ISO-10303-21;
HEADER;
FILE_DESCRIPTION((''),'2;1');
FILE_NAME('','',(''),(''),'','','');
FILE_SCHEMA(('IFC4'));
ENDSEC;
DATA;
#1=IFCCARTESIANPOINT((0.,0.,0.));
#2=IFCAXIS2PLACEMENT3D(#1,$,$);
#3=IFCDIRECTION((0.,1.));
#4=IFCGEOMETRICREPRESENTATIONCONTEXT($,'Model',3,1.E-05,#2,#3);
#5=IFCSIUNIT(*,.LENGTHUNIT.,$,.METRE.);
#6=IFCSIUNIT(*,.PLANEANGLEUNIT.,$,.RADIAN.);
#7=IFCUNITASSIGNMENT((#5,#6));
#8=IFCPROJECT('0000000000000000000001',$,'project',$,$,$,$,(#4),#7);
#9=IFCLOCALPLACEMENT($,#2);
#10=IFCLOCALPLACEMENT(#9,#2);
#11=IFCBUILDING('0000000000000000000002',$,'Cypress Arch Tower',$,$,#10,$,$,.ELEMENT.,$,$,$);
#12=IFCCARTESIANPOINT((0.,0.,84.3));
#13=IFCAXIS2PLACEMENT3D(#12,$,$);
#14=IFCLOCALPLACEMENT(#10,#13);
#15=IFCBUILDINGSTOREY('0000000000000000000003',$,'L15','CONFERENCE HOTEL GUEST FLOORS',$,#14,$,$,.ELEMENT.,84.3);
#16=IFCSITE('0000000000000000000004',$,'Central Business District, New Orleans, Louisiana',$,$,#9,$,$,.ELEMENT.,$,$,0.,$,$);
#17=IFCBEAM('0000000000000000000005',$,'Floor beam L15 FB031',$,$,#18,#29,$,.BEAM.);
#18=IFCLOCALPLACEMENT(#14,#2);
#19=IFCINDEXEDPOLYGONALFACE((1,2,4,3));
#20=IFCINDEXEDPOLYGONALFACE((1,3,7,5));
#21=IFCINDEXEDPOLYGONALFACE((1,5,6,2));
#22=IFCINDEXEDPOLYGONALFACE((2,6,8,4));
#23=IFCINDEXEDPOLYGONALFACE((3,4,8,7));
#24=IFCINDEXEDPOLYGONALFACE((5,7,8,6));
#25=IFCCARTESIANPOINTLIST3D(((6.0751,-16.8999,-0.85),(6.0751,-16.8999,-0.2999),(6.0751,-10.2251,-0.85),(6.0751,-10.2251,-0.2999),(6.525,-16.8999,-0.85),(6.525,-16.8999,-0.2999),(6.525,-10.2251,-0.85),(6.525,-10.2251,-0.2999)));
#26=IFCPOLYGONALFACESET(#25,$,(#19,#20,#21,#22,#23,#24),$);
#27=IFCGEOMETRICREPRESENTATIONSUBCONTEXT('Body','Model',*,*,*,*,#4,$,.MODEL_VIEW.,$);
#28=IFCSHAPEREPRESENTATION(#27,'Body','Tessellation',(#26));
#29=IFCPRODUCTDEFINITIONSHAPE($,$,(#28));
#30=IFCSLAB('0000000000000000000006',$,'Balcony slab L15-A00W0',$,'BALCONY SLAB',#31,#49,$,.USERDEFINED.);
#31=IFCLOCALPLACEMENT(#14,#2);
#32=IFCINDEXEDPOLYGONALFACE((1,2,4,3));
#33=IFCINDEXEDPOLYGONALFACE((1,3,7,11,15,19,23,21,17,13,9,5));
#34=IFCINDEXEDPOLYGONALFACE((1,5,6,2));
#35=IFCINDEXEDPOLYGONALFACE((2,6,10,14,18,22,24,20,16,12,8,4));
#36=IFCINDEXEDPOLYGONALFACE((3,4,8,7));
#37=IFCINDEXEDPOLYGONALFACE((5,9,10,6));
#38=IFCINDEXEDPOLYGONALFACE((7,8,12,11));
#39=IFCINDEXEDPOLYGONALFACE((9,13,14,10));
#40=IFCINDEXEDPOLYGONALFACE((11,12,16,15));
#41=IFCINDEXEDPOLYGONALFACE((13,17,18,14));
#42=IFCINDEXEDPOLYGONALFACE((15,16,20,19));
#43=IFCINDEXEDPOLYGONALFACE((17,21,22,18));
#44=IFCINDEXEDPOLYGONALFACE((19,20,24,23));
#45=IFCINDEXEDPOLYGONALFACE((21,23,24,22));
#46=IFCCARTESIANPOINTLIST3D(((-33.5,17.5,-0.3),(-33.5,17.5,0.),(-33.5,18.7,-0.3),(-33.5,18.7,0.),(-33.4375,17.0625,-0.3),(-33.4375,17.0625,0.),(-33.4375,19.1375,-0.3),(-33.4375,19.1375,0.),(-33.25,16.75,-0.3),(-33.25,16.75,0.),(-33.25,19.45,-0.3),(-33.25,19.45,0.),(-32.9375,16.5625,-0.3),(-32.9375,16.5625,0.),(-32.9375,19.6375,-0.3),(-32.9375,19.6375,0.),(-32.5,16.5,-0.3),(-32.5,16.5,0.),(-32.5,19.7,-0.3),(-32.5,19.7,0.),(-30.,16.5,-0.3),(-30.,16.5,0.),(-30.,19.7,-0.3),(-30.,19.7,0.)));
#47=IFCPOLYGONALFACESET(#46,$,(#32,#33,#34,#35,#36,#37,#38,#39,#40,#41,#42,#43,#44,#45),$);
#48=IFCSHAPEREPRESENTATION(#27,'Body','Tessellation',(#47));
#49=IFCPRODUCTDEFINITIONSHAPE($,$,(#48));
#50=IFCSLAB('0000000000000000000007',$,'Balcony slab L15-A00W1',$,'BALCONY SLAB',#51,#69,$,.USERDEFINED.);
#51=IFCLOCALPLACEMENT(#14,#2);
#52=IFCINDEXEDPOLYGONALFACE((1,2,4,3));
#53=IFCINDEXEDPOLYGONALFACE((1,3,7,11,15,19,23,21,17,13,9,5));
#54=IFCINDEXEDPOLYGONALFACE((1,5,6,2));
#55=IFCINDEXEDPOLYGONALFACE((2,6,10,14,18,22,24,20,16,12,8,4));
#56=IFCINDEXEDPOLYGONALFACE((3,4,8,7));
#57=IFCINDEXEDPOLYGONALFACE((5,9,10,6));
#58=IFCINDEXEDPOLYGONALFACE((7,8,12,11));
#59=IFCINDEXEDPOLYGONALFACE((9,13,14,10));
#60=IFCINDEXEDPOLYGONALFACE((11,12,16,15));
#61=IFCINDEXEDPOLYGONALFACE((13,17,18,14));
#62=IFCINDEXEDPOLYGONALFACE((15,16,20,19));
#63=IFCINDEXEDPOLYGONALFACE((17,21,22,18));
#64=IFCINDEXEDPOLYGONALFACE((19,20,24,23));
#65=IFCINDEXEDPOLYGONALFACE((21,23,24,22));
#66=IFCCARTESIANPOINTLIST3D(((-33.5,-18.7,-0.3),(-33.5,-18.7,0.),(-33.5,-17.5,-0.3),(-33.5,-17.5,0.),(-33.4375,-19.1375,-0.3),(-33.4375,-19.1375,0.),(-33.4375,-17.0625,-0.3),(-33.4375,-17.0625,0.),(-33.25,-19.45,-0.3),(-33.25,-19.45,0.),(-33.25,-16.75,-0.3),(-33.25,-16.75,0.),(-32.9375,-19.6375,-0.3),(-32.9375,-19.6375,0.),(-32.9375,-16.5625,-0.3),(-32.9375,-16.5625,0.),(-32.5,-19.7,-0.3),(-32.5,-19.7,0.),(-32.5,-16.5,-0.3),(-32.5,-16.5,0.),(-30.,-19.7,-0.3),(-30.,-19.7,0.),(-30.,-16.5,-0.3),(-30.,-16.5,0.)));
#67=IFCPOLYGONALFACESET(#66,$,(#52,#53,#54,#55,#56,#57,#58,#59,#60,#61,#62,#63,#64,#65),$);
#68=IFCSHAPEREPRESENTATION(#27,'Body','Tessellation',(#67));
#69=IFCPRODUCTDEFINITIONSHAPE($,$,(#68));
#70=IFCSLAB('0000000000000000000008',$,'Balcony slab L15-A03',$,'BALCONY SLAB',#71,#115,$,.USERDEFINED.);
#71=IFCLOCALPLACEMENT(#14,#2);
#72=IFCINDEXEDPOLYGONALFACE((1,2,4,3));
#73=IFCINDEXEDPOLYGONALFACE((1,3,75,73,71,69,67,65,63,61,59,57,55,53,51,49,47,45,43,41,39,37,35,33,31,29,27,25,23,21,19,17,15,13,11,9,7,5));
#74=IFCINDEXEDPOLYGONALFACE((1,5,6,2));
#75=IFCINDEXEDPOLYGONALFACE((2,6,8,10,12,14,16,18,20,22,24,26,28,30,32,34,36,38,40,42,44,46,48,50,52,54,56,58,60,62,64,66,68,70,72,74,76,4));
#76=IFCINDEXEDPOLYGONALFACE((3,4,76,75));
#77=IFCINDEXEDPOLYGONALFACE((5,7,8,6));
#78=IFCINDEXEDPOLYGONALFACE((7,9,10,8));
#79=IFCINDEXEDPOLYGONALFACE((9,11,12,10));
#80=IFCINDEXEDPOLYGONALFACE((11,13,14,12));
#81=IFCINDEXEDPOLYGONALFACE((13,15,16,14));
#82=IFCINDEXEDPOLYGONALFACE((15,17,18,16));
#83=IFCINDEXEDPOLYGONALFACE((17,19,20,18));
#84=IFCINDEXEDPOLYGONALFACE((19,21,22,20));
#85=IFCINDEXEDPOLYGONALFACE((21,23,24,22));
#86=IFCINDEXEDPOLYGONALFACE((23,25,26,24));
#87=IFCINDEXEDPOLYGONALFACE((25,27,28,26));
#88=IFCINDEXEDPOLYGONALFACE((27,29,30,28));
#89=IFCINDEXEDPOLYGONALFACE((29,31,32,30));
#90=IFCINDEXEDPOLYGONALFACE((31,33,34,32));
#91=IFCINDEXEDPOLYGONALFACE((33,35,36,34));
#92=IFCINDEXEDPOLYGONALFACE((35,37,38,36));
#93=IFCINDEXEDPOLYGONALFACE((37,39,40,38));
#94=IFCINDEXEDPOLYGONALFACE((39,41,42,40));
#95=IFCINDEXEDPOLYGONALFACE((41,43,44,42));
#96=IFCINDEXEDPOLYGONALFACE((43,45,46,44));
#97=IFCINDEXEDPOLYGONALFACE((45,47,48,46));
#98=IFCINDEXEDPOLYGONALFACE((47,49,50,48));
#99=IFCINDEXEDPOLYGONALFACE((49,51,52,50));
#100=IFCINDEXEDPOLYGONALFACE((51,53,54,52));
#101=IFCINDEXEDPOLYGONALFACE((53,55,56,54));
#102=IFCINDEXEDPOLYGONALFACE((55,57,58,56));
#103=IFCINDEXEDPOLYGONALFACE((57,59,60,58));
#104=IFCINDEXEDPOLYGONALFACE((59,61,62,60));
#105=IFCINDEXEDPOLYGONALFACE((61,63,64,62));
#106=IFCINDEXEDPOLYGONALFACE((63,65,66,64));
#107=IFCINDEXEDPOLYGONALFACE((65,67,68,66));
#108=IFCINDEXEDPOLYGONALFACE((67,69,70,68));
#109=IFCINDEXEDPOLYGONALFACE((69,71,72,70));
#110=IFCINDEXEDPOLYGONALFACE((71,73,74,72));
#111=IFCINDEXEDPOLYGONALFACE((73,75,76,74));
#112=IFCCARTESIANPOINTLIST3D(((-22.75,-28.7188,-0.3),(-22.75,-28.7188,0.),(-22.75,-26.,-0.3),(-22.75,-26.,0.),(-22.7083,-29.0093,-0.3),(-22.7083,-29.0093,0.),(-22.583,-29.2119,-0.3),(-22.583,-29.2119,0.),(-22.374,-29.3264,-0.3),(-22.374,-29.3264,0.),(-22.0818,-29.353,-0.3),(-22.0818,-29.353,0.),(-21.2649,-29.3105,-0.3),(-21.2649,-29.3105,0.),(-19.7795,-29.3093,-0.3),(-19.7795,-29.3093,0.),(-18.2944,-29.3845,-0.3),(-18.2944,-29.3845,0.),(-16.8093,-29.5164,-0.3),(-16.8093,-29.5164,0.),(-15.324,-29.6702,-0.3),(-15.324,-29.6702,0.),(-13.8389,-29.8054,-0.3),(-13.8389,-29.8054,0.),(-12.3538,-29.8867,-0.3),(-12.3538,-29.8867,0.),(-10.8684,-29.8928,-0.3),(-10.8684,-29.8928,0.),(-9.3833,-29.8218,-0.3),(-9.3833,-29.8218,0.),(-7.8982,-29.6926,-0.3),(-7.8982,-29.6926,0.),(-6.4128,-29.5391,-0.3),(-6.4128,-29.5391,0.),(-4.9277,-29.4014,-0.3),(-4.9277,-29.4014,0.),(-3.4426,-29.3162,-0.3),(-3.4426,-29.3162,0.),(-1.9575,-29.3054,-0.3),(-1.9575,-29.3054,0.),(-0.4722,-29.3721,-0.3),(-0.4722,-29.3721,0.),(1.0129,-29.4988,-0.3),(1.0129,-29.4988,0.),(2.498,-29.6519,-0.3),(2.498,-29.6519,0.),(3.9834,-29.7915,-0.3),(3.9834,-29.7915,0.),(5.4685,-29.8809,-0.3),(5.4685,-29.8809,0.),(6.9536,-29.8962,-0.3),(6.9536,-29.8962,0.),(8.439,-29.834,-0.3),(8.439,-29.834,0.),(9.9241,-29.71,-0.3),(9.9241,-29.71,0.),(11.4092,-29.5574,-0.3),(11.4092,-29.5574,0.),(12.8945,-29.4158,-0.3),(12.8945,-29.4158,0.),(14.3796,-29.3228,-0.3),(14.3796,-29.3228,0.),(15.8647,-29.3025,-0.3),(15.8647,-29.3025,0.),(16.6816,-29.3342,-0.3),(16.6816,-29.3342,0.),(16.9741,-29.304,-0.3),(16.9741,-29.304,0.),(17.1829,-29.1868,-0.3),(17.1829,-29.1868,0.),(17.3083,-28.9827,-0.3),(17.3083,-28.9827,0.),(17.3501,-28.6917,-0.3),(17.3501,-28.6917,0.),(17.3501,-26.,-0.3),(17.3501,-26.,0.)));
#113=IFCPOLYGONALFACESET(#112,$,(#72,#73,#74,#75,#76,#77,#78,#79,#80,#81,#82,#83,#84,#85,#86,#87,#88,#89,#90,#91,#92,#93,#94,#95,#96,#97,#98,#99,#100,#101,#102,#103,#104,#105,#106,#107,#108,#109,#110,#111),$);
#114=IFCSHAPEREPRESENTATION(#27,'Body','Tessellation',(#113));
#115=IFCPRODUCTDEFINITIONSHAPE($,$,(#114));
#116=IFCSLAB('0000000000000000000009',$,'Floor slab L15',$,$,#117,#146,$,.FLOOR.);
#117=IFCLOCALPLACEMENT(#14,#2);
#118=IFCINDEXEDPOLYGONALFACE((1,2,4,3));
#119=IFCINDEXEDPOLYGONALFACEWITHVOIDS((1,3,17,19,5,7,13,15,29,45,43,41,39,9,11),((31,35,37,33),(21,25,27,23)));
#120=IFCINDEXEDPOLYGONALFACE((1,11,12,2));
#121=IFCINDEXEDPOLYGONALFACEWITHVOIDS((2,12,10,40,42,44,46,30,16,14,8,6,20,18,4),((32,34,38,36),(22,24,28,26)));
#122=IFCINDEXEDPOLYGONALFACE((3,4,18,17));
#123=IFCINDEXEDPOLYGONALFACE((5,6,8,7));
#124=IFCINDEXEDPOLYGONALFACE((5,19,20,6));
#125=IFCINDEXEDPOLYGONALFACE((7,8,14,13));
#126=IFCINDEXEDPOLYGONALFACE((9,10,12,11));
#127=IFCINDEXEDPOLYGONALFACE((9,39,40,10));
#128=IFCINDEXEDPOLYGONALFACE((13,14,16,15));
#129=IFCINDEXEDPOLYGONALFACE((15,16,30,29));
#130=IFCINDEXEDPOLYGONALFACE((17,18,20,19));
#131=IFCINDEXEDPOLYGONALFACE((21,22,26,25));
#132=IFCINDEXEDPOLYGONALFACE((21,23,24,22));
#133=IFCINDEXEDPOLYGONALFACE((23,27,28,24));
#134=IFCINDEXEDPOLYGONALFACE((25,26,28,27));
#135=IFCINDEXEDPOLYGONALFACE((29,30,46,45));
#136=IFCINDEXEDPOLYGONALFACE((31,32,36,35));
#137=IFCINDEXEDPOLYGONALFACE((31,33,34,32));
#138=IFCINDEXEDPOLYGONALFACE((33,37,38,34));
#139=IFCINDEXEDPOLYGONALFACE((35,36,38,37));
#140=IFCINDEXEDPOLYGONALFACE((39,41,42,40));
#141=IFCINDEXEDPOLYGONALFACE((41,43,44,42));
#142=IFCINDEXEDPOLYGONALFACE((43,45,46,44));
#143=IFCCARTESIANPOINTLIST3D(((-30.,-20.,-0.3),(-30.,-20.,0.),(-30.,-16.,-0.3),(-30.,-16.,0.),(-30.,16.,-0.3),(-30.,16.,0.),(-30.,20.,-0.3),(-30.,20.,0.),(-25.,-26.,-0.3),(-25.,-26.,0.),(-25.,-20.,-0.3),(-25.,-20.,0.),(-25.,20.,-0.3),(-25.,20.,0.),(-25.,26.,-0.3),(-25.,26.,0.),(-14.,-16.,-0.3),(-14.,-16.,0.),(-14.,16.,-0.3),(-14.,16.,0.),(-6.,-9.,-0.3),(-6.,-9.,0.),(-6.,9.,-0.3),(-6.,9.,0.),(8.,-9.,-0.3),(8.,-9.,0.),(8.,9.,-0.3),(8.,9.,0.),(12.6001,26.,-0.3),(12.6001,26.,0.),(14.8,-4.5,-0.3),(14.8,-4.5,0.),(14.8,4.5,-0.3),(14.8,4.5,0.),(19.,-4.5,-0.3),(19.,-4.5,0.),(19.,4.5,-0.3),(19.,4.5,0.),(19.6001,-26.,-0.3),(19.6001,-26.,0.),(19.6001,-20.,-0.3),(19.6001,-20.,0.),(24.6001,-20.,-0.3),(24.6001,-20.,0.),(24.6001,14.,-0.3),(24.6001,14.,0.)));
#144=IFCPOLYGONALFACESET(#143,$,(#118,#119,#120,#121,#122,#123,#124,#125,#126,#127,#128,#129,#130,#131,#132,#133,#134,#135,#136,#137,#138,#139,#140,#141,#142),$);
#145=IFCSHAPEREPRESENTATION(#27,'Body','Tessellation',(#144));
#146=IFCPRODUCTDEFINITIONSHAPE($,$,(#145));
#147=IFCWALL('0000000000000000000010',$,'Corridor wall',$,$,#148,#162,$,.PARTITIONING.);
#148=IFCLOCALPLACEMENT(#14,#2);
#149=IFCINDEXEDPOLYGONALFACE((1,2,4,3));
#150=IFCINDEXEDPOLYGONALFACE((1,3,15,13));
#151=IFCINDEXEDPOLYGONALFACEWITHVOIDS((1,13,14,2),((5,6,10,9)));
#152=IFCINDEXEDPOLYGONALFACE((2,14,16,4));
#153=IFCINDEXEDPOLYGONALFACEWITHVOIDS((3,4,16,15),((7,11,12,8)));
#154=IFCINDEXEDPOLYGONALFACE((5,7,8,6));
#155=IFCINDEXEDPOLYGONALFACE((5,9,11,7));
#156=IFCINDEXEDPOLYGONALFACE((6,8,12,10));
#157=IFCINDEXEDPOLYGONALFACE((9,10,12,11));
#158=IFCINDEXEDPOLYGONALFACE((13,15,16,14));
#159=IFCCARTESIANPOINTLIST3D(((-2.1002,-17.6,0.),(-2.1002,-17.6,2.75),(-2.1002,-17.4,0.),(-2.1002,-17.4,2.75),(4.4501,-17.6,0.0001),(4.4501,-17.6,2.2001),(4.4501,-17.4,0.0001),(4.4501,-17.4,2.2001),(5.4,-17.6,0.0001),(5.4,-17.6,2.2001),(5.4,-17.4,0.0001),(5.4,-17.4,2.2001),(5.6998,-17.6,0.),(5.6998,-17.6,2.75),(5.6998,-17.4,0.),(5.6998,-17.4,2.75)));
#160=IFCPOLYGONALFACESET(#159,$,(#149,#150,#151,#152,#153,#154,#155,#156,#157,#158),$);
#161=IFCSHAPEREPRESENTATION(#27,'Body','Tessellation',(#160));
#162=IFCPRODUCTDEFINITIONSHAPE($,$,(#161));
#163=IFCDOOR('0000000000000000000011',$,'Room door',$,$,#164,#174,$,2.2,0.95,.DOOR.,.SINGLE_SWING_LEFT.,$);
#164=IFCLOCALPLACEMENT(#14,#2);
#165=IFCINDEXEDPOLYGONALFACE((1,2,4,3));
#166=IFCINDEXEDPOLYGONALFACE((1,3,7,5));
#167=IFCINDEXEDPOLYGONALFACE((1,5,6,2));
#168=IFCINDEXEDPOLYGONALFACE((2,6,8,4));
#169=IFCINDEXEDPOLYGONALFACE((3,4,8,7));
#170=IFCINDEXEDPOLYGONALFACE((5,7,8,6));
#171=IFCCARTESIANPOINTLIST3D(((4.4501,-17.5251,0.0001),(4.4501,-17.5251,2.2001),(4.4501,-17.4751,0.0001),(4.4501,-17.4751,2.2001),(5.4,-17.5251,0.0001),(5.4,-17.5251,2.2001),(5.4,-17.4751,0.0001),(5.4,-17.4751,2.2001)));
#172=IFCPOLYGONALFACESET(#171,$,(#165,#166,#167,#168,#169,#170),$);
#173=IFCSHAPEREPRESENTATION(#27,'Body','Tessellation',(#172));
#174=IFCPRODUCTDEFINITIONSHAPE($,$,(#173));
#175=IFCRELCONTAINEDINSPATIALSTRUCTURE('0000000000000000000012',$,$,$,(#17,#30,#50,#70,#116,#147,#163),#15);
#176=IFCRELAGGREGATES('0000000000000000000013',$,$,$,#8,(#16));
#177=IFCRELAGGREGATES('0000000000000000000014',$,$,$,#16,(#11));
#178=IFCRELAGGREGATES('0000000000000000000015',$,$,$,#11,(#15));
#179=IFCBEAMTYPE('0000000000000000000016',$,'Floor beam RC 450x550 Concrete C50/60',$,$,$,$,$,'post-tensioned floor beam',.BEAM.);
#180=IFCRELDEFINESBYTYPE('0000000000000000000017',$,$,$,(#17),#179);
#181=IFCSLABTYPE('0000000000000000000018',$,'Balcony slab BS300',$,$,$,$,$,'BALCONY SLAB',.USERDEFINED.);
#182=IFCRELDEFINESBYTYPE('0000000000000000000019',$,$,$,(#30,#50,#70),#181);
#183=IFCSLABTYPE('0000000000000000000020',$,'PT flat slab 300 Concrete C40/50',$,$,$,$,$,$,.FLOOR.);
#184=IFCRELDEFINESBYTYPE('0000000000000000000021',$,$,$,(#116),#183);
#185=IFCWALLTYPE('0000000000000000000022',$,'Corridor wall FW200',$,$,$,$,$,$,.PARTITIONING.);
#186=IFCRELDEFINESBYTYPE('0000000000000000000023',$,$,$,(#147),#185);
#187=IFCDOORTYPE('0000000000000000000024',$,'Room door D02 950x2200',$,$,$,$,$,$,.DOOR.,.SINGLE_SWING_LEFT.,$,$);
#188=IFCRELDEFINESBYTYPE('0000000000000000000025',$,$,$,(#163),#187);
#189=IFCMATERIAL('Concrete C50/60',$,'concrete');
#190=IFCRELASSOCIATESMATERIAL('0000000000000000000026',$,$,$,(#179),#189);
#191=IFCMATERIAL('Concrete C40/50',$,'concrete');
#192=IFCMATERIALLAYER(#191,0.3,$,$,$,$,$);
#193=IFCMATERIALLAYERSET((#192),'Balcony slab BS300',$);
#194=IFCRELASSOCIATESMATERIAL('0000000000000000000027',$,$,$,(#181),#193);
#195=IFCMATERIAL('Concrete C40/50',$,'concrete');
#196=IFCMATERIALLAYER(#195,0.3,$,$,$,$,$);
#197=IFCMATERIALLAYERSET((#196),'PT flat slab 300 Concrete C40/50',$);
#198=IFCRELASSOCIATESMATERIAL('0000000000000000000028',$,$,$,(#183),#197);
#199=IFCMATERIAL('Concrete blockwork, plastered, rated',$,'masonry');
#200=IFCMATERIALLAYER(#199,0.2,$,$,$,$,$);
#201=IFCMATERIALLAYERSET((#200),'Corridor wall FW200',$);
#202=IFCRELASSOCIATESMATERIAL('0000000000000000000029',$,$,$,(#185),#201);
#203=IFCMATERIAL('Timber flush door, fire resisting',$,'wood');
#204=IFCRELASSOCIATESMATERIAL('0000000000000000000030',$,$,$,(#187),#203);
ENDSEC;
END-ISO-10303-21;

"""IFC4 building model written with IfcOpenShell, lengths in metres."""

from ifc_helpers import new_model, si_unit, direction, frame, frame_2d, origin, origin_2d, place, context, subcontext, project, spatial, polyline, rectangle, outline, extrude, material, layer, layer_set, material_profile, profile_set, type_object, element, fill, save


model = new_model("IFC4")

# Units and contexts
model_context = context("Model", 3, precision=1e-05, world=origin(), true_north=direction((0.0, 1.0)))
body_context = subcontext(model_context, "Body", "Model", "MODEL_VIEW")
ifc_project = project(units=[si_unit("LENGTHUNIT", "METRE"), si_unit("PLANEANGLEUNIT", "RADIAN")], contexts=[model_context])

# Site, building, storey
site_placement = place(None, origin())
site = spatial("IfcSite", under=ifc_project, at=site_placement, Name="Central Business District, New Orleans, Louisiana", CompositionType="ELEMENT", RefElevation=0.0)
building_placement = place(site_placement, origin())
building = spatial("IfcBuilding", under=site, at=building_placement, Name="Cypress Arch Tower", CompositionType="ELEMENT")
storey_placement = place(building_placement, frame((0.0, 0.0, 84.3)))
storey = spatial("IfcBuildingStorey", under=building, at=storey_placement, Name="L15", Description="CONFERENCE HOTEL GUEST FLOORS", CompositionType="ELEMENT", Elevation=84.3)

# Beam
ifc_material_1 = material(Name="Concrete C50/60", Category="concrete")
ifc_material_profile_1 = material_profile(ifc_material_1, rectangle(XDim=0.45, YDim=0.55, at=origin_2d()), Name="RC 450x550")
ifc_profile_set_1 = profile_set([ifc_material_profile_1], Name="Concrete C50/60")
beam_type_1 = type_object("IfcBeamType", Name="Floor beam RC 450x550 Concrete C50/60", ElementType="post-tensioned floor beam", PredefinedType="BEAM", material=ifc_profile_set_1)
beam_1_placement = place(storey_placement, frame((6.3, -16.8999, -0.575), z_axis=(0.0, 1.0, 0.0), x_axis=(-1.0, 0.0, 0.0)))
element("IfcBeam", 1, at=beam_1_placement, inside=storey, type_object=beam_type_1, Name="Floor beam L15 FB031", PredefinedType="BEAM", context=body_context, shape_type="SweptSolid", body=[
    extrude(rectangle(XDim=0.45, YDim=0.55, at=origin_2d()), origin(), (0.0, 0.0, 1.0), 6.6748),
])

# Slabs
ifc_material_2 = material(Name="Concrete C40/50", Category="concrete")
ifc_layer_1 = layer(ifc_material_2, 0.3)
ifc_layer_set_1 = layer_set([ifc_layer_1], Name="Balcony slab BS300")
slab_type_1 = type_object("IfcSlabType", Name="Balcony slab BS300", ElementType="BALCONY SLAB", PredefinedType="USERDEFINED", material=ifc_layer_set_1)
slab_1_placement = place(storey_placement, frame((0.0, 0.0, -0.3)))
element("IfcSlab", 2, at=slab_1_placement, inside=storey, type_object=slab_type_1, Name="Balcony slab L15-A00W0", ObjectType="BALCONY SLAB", PredefinedType="USERDEFINED", context=body_context, shape_type="SweptSolid", body=[
    extrude(outline(polyline([(-30.0, 19.7), (-32.5, 19.7), (-32.9375, 19.6375), (-33.25, 19.45), (-33.4375, 19.1375), (-33.5, 18.7), (-33.5, 17.5), (-33.4375, 17.0625), (-33.25, 16.75), (-32.9375, 16.5625), (-32.5, 16.5), (-30.0, 16.5), (-30.0, 19.7)])), origin(), (0.0, 0.0, 1.0), 0.3),
])
slab_2_placement = place(storey_placement, frame((0.0, 0.0, -0.3)))
element("IfcSlab", 3, at=slab_2_placement, inside=storey, type_object=slab_type_1, Name="Balcony slab L15-A00W1", ObjectType="BALCONY SLAB", PredefinedType="USERDEFINED", context=body_context, shape_type="SweptSolid", body=[
    extrude(outline(polyline([(-30.0, -16.5), (-32.5, -16.5), (-32.9375, -16.5625), (-33.25, -16.75), (-33.4375, -17.0625), (-33.5, -17.5), (-33.5, -18.7), (-33.4375, -19.1375), (-33.25, -19.45), (-32.9375, -19.6375), (-32.5, -19.7), (-30.0, -19.7), (-30.0, -16.5)])), origin(), (0.0, 0.0, 1.0), 0.3),
])
slab_3_placement = place(storey_placement, frame((0.0, 0.0, -0.3)))
element("IfcSlab", 4, at=slab_3_placement, inside=storey, type_object=slab_type_1, Name="Balcony slab L15-A03", ObjectType="BALCONY SLAB", PredefinedType="USERDEFINED", context=body_context, shape_type="SweptSolid", body=[
    extrude(outline(polyline([(-22.75, -26.0), (-22.75, -28.7188), (-22.7083, -29.0093), (-22.583, -29.2119), (-22.374, -29.3264), (-22.0818, -29.353), (-21.2649, -29.3105), (-19.7795, -29.3093), (-18.2944, -29.3845), (-16.8093, -29.5164), (-15.324, -29.6702), (-13.8389, -29.8054), (-12.3538, -29.8867), (-10.8684, -29.8928), (-9.3833, -29.8218), (-7.8982, -29.6926), (-6.4128, -29.5391), (-4.9277, -29.4014), (-3.4426, -29.3162), (-1.9575, -29.3054), (-0.4722, -29.3721), (1.0129, -29.4988), (2.498, -29.6519), (3.9834, -29.7915), (5.4685, -29.8809), (6.9536, -29.8962), (8.439, -29.834), (9.9241, -29.71), (11.4092, -29.5574), (12.8945, -29.4158), (14.3796, -29.3228), (15.8647, -29.3025), (16.6816, -29.3342), (16.9741, -29.304), (17.1829, -29.1868), (17.3083, -28.9827), (17.3501, -28.6917), (17.3501, -26.0), (-22.75, -26.0)])), origin(), (0.0, 0.0, 1.0), 0.3),
])
ifc_material_3 = material(Name="Concrete C40/50", Category="concrete")
ifc_layer_2 = layer(ifc_material_3, 0.3)
ifc_layer_set_2 = layer_set([ifc_layer_2], Name="PT flat slab 300 Concrete C40/50")
slab_type_2 = type_object("IfcSlabType", Name="PT flat slab 300 Concrete C40/50", PredefinedType="FLOOR", material=ifc_layer_set_2)
slab_4_placement = place(storey_placement, frame((0.0, 0.0, -0.3)))
element("IfcSlab", 5, at=slab_4_placement, inside=storey, type_object=slab_type_2, Name="Floor slab L15", PredefinedType="FLOOR", context=body_context, shape_type="SweptSolid", body=[
    extrude(outline(polyline([(-30.0, 20.0), (-25.0, 20.0), (-25.0, 26.0), (12.6001, 26.0), (24.6001, 14.0), (24.6001, -20.0), (19.6001, -20.0), (19.6001, -26.0), (-25.0, -26.0), (-25.0, -20.0), (-30.0, -20.0), (-30.0, -16.0), (-14.0, -16.0), (-14.0, 16.0), (-30.0, 16.0), (-30.0, 20.0)]), holes=[polyline([(-6.0, -9.0), (8.0, -9.0), (8.0, 9.0), (-6.0, 9.0), (-6.0, -9.0)]), polyline([(14.8, -4.5), (19.0, -4.5), (19.0, 4.5), (14.8, 4.5), (14.8, -4.5)])]), origin(), (0.0, 0.0, 1.0), 0.3),
])

# Wall, opening, door
ifc_material_4 = material(Name="Concrete blockwork, plastered, rated", Category="masonry")
ifc_layer_3 = layer(ifc_material_4, 0.2)
ifc_layer_set_3 = layer_set([ifc_layer_3], Name="Corridor wall FW200")
wall_type_1 = type_object("IfcWallType", Name="Corridor wall FW200", PredefinedType="PARTITIONING", material=ifc_layer_set_3)
wall_1_placement = place(storey_placement, frame((-2.1001, -17.5, 0.0), z_axis=(0.0, 0.0, 1.0), x_axis=(1.0, 0.0, 0.0)))
wall_1 = element("IfcWall", 6, at=wall_1_placement, inside=storey, type_object=wall_type_1, Name="Corridor wall", PredefinedType="PARTITIONING", context=body_context, shape_type="SweptSolid", body=[
    extrude(rectangle(XDim=7.8, YDim=0.2, at=frame_2d((3.8999, 0.0))), origin(), (0.0, 0.0, 1.0), 2.75),
])
opening_1_placement = place(wall_1_placement, frame((6.55, 0.0, 0.0)))
opening_1 = element("IfcOpeningElement", 7, at=opening_1_placement, cuts=wall_1, PredefinedType="OPENING", context=body_context, shape_type="SweptSolid", body=[
    extrude(rectangle(XDim=0.95, YDim=2.2, at=frame_2d((0.4751, 1.1001))), frame((0.0, 0.1099, 0.0), z_axis=(0.0, -1.0, 0.0), x_axis=(1.0, 0.0, 0.0)), (0.0, 0.0, 1.0), 0.22),
])
ifc_material_5 = material(Name="Timber flush door, fire resisting", Category="wood")
door_type_1 = type_object("IfcDoorType", Name="Room door D02 950x2200", OperationType="SINGLE_SWING_LEFT", PredefinedType="DOOR", material=ifc_material_5)
door_1_placement = place(opening_1_placement, origin())
door_1 = element("IfcDoor", 8, at=door_1_placement, inside=storey, type_object=door_type_1, Name="Room door", OperationType="SINGLE_SWING_LEFT", OverallHeight=2.2, OverallWidth=0.95, PredefinedType="DOOR", context=body_context, shape_type="SweptSolid", body=[
    extrude(rectangle(XDim=0.95, YDim=2.2, at=frame_2d((0.4751, 1.1001))), frame((0.0, 0.0249, 0.0), z_axis=(0.0, -1.0, 0.0), x_axis=(1.0, 0.0, 0.0)), (0.0, 0.0, 1.0), 0.05),
])
fill(opening_1, door_1)

save(model, "model.ifc")
